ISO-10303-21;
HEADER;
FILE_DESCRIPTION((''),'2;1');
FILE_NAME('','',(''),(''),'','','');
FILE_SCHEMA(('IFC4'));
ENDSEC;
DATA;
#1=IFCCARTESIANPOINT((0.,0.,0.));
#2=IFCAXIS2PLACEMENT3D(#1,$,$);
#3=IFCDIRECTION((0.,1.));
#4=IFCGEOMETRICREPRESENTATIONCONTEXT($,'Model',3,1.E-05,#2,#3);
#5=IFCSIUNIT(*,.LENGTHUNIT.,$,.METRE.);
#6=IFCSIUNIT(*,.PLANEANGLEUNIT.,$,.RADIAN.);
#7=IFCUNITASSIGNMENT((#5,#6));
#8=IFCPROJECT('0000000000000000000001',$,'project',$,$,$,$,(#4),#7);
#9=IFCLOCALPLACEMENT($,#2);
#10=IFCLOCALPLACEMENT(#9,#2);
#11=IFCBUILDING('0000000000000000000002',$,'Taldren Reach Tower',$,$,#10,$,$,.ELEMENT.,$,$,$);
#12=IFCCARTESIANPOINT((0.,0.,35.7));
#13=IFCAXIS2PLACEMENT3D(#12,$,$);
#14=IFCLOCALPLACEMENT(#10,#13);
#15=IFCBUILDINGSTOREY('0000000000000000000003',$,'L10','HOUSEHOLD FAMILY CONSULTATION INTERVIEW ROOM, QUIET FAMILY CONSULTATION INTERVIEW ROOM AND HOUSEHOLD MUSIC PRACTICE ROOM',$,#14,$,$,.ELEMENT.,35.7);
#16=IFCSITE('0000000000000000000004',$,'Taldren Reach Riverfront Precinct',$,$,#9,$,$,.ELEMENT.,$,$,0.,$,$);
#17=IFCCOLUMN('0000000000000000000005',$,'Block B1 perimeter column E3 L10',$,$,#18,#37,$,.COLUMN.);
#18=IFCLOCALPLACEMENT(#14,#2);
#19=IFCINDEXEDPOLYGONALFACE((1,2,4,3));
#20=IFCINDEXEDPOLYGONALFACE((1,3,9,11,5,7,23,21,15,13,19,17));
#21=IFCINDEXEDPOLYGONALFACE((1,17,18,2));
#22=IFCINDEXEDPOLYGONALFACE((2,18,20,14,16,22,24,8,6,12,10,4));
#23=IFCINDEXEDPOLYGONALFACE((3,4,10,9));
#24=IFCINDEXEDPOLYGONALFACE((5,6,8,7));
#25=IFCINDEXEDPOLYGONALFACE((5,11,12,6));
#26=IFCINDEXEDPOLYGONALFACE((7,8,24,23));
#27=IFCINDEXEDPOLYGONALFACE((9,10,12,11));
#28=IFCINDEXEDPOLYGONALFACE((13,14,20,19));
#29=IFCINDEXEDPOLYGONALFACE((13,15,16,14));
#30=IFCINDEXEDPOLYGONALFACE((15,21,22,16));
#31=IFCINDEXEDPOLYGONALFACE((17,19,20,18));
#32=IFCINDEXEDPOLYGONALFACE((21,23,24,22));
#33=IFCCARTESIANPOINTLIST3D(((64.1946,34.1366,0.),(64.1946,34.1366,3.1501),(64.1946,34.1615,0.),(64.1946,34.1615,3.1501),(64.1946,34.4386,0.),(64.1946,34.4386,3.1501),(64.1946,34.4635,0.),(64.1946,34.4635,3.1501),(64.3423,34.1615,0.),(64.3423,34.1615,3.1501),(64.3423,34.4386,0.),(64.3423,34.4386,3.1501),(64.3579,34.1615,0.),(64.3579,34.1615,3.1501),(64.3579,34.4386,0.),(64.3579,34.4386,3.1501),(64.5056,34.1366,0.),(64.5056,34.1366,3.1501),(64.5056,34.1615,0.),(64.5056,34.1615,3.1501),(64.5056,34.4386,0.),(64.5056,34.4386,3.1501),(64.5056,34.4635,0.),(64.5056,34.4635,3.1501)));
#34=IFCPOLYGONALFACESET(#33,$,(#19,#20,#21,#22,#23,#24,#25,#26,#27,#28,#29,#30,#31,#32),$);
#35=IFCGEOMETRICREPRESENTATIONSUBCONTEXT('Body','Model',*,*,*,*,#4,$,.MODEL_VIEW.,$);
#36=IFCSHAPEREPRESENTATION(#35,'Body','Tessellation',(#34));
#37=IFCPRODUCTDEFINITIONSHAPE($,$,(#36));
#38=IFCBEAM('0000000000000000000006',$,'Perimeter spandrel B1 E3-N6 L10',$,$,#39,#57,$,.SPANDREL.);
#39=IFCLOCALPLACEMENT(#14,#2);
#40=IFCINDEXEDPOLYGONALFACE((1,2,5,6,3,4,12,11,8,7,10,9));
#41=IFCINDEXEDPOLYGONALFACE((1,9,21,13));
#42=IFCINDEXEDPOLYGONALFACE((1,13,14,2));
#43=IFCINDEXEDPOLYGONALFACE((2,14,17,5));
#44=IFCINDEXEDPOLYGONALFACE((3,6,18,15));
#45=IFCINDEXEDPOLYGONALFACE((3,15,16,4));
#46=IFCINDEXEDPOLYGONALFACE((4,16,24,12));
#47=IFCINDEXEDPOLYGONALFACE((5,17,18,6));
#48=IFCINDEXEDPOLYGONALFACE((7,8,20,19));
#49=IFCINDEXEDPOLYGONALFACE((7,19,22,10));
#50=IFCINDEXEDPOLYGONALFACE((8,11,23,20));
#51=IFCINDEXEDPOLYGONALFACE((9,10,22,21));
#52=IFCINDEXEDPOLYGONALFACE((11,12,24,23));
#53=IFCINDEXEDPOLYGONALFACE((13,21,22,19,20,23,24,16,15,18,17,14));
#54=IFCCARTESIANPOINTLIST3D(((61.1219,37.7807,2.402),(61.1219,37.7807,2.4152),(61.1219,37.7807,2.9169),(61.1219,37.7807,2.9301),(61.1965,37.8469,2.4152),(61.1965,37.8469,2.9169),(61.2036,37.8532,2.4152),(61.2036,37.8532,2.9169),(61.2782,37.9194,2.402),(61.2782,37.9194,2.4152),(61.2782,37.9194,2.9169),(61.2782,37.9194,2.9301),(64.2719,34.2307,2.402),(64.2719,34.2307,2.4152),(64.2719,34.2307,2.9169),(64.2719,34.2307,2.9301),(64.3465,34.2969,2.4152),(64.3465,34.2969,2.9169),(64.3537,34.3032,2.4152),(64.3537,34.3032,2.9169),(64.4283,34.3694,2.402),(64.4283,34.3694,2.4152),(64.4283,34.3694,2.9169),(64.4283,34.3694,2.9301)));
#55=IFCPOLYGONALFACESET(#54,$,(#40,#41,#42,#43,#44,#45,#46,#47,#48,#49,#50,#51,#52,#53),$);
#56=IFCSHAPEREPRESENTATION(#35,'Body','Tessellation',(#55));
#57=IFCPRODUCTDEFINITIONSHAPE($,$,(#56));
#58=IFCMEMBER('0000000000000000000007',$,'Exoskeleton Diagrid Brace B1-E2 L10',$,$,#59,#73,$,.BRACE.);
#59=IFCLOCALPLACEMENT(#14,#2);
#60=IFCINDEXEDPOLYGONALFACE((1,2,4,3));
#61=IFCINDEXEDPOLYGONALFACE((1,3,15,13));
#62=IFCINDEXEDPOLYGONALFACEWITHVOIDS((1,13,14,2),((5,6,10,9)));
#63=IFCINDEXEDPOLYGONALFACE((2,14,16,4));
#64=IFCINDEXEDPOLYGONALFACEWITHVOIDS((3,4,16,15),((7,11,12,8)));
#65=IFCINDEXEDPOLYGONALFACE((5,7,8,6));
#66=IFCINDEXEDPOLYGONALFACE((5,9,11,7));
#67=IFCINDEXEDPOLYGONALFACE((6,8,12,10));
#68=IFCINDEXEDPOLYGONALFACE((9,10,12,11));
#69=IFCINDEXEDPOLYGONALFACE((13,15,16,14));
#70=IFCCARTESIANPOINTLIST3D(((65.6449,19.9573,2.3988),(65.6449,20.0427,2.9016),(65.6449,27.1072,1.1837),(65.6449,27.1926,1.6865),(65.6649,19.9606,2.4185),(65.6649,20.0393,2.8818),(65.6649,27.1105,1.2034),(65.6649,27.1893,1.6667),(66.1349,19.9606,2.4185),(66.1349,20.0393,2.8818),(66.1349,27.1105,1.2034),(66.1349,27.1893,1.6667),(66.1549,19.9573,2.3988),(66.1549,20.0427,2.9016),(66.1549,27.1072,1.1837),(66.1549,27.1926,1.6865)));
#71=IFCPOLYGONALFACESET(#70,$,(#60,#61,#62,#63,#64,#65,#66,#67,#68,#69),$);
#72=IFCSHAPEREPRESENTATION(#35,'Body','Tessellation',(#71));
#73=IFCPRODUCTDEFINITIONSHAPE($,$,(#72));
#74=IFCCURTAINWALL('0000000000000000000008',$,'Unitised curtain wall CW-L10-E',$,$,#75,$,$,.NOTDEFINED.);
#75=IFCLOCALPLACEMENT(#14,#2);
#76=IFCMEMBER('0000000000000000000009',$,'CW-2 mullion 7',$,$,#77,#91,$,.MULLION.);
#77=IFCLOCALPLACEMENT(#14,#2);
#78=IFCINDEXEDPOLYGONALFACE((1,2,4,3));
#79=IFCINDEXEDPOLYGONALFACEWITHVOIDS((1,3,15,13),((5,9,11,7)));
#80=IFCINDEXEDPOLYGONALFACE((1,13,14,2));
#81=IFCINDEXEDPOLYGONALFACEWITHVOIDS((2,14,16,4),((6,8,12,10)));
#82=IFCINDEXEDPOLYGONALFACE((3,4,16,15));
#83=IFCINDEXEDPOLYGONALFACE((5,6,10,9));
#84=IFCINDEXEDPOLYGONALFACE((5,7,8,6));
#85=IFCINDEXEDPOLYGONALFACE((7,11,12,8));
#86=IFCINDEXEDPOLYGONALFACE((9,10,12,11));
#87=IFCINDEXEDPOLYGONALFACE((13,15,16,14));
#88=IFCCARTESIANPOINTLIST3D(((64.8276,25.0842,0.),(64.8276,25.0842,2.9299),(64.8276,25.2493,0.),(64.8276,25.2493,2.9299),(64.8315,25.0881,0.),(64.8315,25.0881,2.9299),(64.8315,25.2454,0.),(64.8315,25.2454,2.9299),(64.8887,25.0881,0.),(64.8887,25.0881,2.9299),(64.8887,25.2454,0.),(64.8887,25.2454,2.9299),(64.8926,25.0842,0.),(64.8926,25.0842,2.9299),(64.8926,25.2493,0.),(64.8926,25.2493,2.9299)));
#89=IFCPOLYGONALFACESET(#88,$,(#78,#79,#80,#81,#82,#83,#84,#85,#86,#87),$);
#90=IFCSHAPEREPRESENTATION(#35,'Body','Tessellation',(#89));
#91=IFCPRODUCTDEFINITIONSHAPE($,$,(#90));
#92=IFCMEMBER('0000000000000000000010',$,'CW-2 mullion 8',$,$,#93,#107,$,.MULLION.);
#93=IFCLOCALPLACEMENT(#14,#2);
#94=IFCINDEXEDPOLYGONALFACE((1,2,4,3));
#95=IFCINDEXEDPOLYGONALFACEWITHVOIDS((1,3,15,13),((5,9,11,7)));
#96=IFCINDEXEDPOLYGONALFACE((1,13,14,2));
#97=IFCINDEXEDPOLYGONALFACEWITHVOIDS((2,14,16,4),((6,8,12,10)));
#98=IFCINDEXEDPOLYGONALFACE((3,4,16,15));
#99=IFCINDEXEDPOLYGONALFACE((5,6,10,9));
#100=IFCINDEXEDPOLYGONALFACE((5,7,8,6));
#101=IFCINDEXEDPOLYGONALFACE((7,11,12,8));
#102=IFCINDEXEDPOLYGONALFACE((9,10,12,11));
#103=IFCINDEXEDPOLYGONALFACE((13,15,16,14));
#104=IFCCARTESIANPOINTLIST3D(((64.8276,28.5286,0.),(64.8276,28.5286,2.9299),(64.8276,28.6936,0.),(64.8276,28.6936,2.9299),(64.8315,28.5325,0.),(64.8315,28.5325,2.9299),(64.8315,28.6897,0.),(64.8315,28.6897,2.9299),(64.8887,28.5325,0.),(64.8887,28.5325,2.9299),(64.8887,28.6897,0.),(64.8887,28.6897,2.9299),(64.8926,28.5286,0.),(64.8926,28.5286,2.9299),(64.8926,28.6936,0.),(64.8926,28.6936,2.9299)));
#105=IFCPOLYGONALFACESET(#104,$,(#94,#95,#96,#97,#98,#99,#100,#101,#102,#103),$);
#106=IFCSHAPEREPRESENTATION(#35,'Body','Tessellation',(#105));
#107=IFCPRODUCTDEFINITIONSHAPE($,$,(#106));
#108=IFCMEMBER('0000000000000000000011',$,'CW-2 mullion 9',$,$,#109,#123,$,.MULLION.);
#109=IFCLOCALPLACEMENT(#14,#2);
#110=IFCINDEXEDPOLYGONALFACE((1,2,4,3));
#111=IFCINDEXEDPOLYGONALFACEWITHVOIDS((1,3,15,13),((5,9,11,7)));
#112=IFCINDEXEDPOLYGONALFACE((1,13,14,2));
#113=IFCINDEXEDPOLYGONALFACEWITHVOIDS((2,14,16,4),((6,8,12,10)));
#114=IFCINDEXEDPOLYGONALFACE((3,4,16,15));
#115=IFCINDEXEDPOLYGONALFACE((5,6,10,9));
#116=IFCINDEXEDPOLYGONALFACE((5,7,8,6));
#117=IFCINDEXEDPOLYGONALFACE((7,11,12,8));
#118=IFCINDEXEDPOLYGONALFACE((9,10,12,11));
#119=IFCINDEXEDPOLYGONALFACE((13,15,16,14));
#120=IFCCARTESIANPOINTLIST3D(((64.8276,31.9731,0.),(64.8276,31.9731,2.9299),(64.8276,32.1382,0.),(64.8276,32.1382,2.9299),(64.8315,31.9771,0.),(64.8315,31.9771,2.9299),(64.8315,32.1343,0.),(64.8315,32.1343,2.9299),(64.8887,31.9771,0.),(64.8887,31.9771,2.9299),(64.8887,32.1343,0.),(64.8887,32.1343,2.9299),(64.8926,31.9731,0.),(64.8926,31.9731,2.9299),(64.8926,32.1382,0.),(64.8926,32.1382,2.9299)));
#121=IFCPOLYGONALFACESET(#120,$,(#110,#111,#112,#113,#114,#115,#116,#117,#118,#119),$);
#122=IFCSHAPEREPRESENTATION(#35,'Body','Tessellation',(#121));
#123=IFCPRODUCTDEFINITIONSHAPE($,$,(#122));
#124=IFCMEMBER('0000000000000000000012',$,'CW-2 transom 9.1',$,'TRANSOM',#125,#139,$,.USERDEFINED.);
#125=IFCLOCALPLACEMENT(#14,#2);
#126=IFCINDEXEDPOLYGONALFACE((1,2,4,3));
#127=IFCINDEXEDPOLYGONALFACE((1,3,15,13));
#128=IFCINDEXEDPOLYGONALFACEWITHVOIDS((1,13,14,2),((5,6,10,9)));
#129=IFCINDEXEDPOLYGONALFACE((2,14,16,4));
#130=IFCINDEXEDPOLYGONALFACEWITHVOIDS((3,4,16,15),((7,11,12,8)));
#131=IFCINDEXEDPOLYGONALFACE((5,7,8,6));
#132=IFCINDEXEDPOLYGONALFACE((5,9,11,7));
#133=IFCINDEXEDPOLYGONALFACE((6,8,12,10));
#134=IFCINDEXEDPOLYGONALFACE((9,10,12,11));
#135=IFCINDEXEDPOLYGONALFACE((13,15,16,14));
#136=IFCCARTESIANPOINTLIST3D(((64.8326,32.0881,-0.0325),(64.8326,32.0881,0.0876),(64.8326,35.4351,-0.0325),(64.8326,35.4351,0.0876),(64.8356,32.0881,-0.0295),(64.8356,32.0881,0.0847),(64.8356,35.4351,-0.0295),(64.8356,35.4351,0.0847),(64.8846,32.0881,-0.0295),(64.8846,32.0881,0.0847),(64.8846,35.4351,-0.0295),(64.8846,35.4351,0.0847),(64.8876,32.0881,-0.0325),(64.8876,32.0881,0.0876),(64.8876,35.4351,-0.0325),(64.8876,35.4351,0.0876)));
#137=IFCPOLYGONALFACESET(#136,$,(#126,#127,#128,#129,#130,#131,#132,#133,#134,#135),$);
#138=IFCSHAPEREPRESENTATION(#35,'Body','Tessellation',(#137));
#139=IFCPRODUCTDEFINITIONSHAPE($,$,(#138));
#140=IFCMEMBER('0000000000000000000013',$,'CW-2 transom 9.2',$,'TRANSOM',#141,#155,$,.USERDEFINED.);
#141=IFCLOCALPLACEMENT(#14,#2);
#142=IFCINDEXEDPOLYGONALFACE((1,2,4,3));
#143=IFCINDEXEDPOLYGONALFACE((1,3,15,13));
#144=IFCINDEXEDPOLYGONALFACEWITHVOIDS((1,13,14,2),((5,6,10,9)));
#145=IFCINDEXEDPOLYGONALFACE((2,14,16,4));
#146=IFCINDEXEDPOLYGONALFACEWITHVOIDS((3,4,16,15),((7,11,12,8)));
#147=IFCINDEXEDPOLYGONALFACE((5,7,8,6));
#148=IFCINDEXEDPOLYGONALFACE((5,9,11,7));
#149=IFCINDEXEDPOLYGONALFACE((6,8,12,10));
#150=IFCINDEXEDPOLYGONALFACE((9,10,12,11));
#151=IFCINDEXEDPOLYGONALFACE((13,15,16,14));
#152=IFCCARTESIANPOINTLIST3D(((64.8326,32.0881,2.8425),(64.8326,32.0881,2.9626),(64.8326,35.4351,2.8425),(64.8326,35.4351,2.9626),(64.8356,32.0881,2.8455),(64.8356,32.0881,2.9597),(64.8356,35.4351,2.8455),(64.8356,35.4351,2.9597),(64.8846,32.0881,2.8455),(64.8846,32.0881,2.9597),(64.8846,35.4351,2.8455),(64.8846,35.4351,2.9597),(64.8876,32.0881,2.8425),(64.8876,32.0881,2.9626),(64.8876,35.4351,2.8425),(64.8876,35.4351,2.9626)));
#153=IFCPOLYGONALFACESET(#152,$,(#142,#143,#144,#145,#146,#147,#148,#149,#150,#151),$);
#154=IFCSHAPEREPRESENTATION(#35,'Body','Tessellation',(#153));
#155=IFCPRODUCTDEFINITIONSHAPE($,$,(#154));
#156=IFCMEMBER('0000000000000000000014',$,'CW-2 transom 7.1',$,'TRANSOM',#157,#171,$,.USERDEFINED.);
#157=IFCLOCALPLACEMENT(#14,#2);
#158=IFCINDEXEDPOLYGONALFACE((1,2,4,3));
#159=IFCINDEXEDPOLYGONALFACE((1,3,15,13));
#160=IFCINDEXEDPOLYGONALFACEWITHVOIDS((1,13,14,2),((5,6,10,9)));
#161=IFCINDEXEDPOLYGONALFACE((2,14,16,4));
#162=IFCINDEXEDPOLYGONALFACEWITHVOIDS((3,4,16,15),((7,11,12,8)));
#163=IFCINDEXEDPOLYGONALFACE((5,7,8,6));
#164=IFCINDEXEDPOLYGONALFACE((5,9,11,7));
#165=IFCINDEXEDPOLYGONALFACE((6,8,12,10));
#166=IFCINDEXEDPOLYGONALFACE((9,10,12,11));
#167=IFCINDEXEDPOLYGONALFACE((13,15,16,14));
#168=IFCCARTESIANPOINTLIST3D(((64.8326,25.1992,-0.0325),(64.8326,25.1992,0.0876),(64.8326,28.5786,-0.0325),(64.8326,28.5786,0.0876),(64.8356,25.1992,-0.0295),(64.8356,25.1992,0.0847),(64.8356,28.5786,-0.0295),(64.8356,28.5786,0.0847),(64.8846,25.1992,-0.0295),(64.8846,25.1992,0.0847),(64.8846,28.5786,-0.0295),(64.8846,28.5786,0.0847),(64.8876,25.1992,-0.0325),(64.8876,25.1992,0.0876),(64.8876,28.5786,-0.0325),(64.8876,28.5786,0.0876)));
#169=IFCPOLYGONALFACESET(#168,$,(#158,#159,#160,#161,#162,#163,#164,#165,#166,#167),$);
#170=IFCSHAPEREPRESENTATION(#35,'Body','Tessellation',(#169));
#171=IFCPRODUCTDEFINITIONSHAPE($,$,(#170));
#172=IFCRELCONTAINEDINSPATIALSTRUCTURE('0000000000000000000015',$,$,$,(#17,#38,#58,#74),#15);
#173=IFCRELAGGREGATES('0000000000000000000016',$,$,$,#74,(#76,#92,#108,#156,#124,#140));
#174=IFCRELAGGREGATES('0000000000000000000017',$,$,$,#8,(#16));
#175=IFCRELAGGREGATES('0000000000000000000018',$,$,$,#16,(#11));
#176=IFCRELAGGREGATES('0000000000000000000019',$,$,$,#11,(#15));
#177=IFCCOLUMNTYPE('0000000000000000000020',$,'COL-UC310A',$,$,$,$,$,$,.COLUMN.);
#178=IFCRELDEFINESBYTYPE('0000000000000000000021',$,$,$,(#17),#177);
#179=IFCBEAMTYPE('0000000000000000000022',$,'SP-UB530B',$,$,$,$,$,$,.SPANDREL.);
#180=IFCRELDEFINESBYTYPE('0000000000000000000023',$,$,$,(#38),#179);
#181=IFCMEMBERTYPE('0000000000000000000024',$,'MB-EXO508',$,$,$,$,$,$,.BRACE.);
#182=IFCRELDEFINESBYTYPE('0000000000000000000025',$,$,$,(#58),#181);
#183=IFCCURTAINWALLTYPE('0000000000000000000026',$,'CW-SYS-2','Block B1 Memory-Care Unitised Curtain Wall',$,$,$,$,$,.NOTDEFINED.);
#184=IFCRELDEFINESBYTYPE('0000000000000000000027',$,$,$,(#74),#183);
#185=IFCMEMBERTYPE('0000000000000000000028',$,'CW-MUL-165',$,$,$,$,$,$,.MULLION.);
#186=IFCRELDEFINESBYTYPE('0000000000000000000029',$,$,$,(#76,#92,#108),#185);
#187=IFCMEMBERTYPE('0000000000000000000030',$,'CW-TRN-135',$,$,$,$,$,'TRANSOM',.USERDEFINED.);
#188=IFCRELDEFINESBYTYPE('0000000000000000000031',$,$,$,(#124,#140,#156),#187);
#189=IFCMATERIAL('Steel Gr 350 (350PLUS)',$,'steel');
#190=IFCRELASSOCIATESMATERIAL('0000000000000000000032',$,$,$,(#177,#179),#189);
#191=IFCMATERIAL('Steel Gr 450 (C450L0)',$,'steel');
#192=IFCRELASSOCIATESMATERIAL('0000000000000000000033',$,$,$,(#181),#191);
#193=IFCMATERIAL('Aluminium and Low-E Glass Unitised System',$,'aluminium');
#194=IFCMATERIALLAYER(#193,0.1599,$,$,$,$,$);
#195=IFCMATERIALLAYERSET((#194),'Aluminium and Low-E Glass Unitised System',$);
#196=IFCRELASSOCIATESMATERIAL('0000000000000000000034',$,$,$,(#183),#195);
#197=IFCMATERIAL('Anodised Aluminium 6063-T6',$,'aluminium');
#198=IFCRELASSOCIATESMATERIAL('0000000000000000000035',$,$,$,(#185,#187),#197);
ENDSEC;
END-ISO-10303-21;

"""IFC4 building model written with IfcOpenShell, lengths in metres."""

from ifc_helpers import new_model, si_unit, direction, frame, origin, origin_2d, place, context, subcontext, project, spatial, hollow_rectangle, i_section, extrude, source, transform, mapped, material, layer, layer_set, material_profile, profile_set, type_object, element, aggregate, save


model = new_model("IFC4")

# Units and contexts
model_context = context("Model", 3, precision=1e-05, world=origin(), true_north=direction((0.0, 1.0)))
body_context = subcontext(model_context, "Body", "Model", "MODEL_VIEW")
ifc_project = project(units=[si_unit("LENGTHUNIT", "METRE"), si_unit("PLANEANGLEUNIT", "RADIAN")], contexts=[model_context])

# Site, building, storey
site_placement = place(None, origin())
site = spatial("IfcSite", under=ifc_project, at=site_placement, Name="Taldren Reach Riverfront Precinct", CompositionType="ELEMENT", RefElevation=0.0)
building_placement = place(site_placement, origin())
building = spatial("IfcBuilding", under=site, at=building_placement, Name="Taldren Reach Tower", CompositionType="ELEMENT")
storey_placement = place(building_placement, frame((0.0, 0.0, 35.7)))
storey = spatial("IfcBuildingStorey", under=building, at=storey_placement, Name="L10", Description="HOUSEHOLD FAMILY CONSULTATION INTERVIEW ROOM, QUIET FAMILY CONSULTATION INTERVIEW ROOM AND HOUSEHOLD MUSIC PRACTICE ROOM", CompositionType="ELEMENT", Elevation=35.7)

# Column
ifc_material_1 = material(Name="Steel Gr 350 (350PLUS)", Category="steel")
ifc_material_profile_1 = material_profile(ifc_material_1, i_section(OverallWidth=0.311, OverallDepth=0.3269, WebThickness=0.0156, FlangeThickness=0.0249, at=origin_2d()), Name="310UC158")
ifc_profile_set_1 = profile_set([ifc_material_profile_1], Name="Steel Gr 350 (350PLUS)")
column_type = type_object("IfcColumnType", Name="COL-UC310A", PredefinedType="COLUMN", material=ifc_profile_set_1)
shared_shape_1 = source(origin(), body_context, "Body", "SweptSolid", [
    extrude(i_section(OverallWidth=0.311, OverallDepth=0.3269, WebThickness=0.0156, FlangeThickness=0.0249, at=origin_2d()), origin(), (0.0, 0.0, 1.0), 3.1501),
])
column_placement = place(storey_placement, frame((64.3501, 34.3, 0.0), z_axis=(0.0, 0.0, 1.0), x_axis=(1.0, 0.0, 0.0)))
element("IfcColumn", 1, at=column_placement, inside=storey, type_object=column_type, Name="Block B1 perimeter column E3 L10", PredefinedType="COLUMN", context=body_context, shape_type="MappedRepresentation", body=[
    mapped(shared_shape_1, transform((0.0, 0.0, 0.0), scale=1.0)),
])

# Beam
ifc_material_profile_2 = material_profile(ifc_material_1, i_section(OverallWidth=0.209, OverallDepth=0.5281, WebThickness=0.0095, FlangeThickness=0.0132, at=origin_2d()), Name="530UB82.0")
ifc_profile_set_2 = profile_set([ifc_material_profile_2], Name="Steel Gr 350 (350PLUS)")
beam_type = type_object("IfcBeamType", Name="SP-UB530B", PredefinedType="SPANDREL", material=ifc_profile_set_2)
shared_shape_2 = source(origin(), body_context, "Body", "SweptSolid", [
    extrude(i_section(OverallWidth=0.209, OverallDepth=0.5281, WebThickness=0.0095, FlangeThickness=0.0132, at=origin_2d()), origin(), (0.0, 0.0, 1.0), 4.7461),
])
beam_placement = place(storey_placement, frame((64.3501, 34.3, 2.666), z_axis=(-0.663722, 0.747979, 0.0), x_axis=(-0.747979, -0.663722, 0.0)))
element("IfcBeam", 2, at=beam_placement, inside=storey, type_object=beam_type, Name="Perimeter spandrel B1 E3-N6 L10", PredefinedType="SPANDREL", context=body_context, shape_type="MappedRepresentation", body=[
    mapped(shared_shape_2, transform((0.0, 0.0, 0.0), scale=1.0)),
])

# Member
ifc_material_2 = material(Name="Steel Gr 450 (C450L0)", Category="steel")
ifc_material_profile_3 = material_profile(ifc_material_2, hollow_rectangle(XDim=0.51, YDim=0.51, WallThickness=0.02, at=origin_2d()), Name="510x510x20.0SHS")
ifc_profile_set_3 = profile_set([ifc_material_profile_3], Name="Steel Gr 450 (C450L0)")
member_type_1 = type_object("IfcMemberType", Name="MB-EXO508", PredefinedType="BRACE", material=ifc_profile_set_3)
shared_shape_3 = source(origin(), body_context, "Body", "SweptSolid", [
    extrude(hollow_rectangle(XDim=0.51, YDim=0.51, WallThickness=0.02, at=origin_2d()), origin(), (0.0, 0.0, 1.0), 7.2524),
])
member_1_placement = place(storey_placement, frame((65.8999, 27.1499, 1.4351), z_axis=(0.0, -0.985865, 0.167542), x_axis=(1.0, 0.0, 0.0)))
element("IfcMember", 3, at=member_1_placement, inside=storey, type_object=member_type_1, Name="Exoskeleton Diagrid Brace B1-E2 L10", PredefinedType="BRACE", context=body_context, shape_type="MappedRepresentation", body=[
    mapped(shared_shape_3, transform((0.0, 0.0, 0.0), scale=1.0)),
])

# Curtain wall, members
ifc_material_3 = material(Name="Aluminium and Low-E Glass Unitised System", Category="aluminium")
ifc_layer_1 = layer(ifc_material_3, 0.1599)
ifc_layer_set_1 = layer_set([ifc_layer_1], Name="Aluminium and Low-E Glass Unitised System")
curtain_wall_type = type_object("IfcCurtainWallType", Name="CW-SYS-2", Description="Block B1 Memory-Care Unitised Curtain Wall", PredefinedType="NOTDEFINED", material=ifc_layer_set_1)
curtain_wall_placement = place(storey_placement, origin())
curtain_wall = element("IfcCurtainWall", 4, at=curtain_wall_placement, inside=storey, type_object=curtain_wall_type, Name="Unitised curtain wall CW-L10-E", PredefinedType="NOTDEFINED")
ifc_material_4 = material(Name="Anodised Aluminium 6063-T6", Category="aluminium")
ifc_material_profile_4 = material_profile(ifc_material_4, hollow_rectangle(XDim=0.0649, YDim=0.165, WallThickness=0.0039, at=origin_2d()), Name="ALU-165x65x4RHS")
ifc_profile_set_4 = profile_set([ifc_material_profile_4], Name="Anodised Aluminium 6063-T6")
member_type_2 = type_object("IfcMemberType", Name="CW-MUL-165", PredefinedType="MULLION", material=ifc_profile_set_4)
shared_shape_4 = source(origin(), body_context, "Body", "SweptSolid", [
    extrude(hollow_rectangle(XDim=0.0649, YDim=0.165, WallThickness=0.0039, at=origin_2d()), origin(), (0.0, 0.0, 1.0), 2.9299),
])
member_2_placement = place(storey_placement, frame((64.8601, 25.1667, 0.0), z_axis=(0.0, 0.0, 1.0), x_axis=(-1.0, 0.0, 0.0)))
member_2 = element("IfcMember", 5, at=member_2_placement, type_object=member_type_2, Name="CW-2 mullion 7", PredefinedType="MULLION", context=body_context, shape_type="MappedRepresentation", body=[
    mapped(shared_shape_4, transform((0.0, 0.0, 0.0), scale=1.0)),
])
member_3_placement = place(storey_placement, frame((64.8601, 28.6111, 0.0), z_axis=(0.0, 0.0, 1.0), x_axis=(-1.0, 0.0, 0.0)))
member_3 = element("IfcMember", 6, at=member_3_placement, type_object=member_type_2, Name="CW-2 mullion 8", PredefinedType="MULLION", context=body_context, shape_type="MappedRepresentation", body=[
    mapped(shared_shape_4, transform((0.0, 0.0, 0.0), scale=1.0)),
])
member_4_placement = place(storey_placement, frame((64.8601, 32.0557, 0.0), z_axis=(0.0, 0.0, 1.0), x_axis=(-1.0, 0.0, 0.0)))
member_4 = element("IfcMember", 7, at=member_4_placement, type_object=member_type_2, Name="CW-2 mullion 9", PredefinedType="MULLION", context=body_context, shape_type="MappedRepresentation", body=[
    mapped(shared_shape_4, transform((0.0, 0.0, 0.0), scale=1.0)),
])
ifc_material_profile_5 = material_profile(ifc_material_4, hollow_rectangle(XDim=0.0549, YDim=0.1201, WallThickness=0.0029, at=origin_2d()), Name="ALU-120x55x3RHS")
ifc_profile_set_5 = profile_set([ifc_material_profile_5], Name="Anodised Aluminium 6063-T6")
member_type_3 = type_object("IfcMemberType", Name="CW-TRN-135", ElementType="TRANSOM", PredefinedType="USERDEFINED", material=ifc_profile_set_5)
shared_shape_5 = source(origin(), body_context, "Body", "SweptSolid", [
    extrude(hollow_rectangle(XDim=0.0549, YDim=0.1201, WallThickness=0.0029, at=origin_2d()), origin(), (0.0, 0.0, 1.0), 3.3469),
])
member_5_placement = place(storey_placement, frame((64.8601, 32.0881, 0.0276), z_axis=(0.0, 1.0, 0.0), x_axis=(-1.0, 0.0, 0.0)))
member_5 = element("IfcMember", 8, at=member_5_placement, type_object=member_type_3, Name="CW-2 transom 9.1", ObjectType="TRANSOM", PredefinedType="USERDEFINED", context=body_context, shape_type="MappedRepresentation", body=[
    mapped(shared_shape_5, transform((0.0, 0.0, 0.0), scale=1.0)),
])
member_6_placement = place(storey_placement, frame((64.8601, 32.0881, 2.9026), z_axis=(0.0, 1.0, 0.0), x_axis=(-1.0, 0.0, 0.0)))
member_6 = element("IfcMember", 9, at=member_6_placement, type_object=member_type_3, Name="CW-2 transom 9.2", ObjectType="TRANSOM", PredefinedType="USERDEFINED", context=body_context, shape_type="MappedRepresentation", body=[
    mapped(shared_shape_5, transform((0.0, 0.0, 0.0), scale=1.0)),
])
shared_shape_6 = source(origin(), body_context, "Body", "SweptSolid", [
    extrude(hollow_rectangle(XDim=0.0549, YDim=0.1201, WallThickness=0.0029, at=origin_2d()), origin(), (0.0, 0.0, 1.0), 3.3794),
])
member_7_placement = place(storey_placement, frame((64.8601, 25.1992, 0.0276), z_axis=(0.0, 1.0, 0.0), x_axis=(-1.0, 0.0, 0.0)))
member_7 = element("IfcMember", 10, at=member_7_placement, type_object=member_type_3, Name="CW-2 transom 7.1", ObjectType="TRANSOM", PredefinedType="USERDEFINED", context=body_context, shape_type="MappedRepresentation", body=[
    mapped(shared_shape_6, transform((0.0, 0.0, 0.0), scale=1.0)),
])
aggregate(curtain_wall, [member_2, member_3, member_4, member_7, member_5, member_6])

save(model, "model.ifc")
